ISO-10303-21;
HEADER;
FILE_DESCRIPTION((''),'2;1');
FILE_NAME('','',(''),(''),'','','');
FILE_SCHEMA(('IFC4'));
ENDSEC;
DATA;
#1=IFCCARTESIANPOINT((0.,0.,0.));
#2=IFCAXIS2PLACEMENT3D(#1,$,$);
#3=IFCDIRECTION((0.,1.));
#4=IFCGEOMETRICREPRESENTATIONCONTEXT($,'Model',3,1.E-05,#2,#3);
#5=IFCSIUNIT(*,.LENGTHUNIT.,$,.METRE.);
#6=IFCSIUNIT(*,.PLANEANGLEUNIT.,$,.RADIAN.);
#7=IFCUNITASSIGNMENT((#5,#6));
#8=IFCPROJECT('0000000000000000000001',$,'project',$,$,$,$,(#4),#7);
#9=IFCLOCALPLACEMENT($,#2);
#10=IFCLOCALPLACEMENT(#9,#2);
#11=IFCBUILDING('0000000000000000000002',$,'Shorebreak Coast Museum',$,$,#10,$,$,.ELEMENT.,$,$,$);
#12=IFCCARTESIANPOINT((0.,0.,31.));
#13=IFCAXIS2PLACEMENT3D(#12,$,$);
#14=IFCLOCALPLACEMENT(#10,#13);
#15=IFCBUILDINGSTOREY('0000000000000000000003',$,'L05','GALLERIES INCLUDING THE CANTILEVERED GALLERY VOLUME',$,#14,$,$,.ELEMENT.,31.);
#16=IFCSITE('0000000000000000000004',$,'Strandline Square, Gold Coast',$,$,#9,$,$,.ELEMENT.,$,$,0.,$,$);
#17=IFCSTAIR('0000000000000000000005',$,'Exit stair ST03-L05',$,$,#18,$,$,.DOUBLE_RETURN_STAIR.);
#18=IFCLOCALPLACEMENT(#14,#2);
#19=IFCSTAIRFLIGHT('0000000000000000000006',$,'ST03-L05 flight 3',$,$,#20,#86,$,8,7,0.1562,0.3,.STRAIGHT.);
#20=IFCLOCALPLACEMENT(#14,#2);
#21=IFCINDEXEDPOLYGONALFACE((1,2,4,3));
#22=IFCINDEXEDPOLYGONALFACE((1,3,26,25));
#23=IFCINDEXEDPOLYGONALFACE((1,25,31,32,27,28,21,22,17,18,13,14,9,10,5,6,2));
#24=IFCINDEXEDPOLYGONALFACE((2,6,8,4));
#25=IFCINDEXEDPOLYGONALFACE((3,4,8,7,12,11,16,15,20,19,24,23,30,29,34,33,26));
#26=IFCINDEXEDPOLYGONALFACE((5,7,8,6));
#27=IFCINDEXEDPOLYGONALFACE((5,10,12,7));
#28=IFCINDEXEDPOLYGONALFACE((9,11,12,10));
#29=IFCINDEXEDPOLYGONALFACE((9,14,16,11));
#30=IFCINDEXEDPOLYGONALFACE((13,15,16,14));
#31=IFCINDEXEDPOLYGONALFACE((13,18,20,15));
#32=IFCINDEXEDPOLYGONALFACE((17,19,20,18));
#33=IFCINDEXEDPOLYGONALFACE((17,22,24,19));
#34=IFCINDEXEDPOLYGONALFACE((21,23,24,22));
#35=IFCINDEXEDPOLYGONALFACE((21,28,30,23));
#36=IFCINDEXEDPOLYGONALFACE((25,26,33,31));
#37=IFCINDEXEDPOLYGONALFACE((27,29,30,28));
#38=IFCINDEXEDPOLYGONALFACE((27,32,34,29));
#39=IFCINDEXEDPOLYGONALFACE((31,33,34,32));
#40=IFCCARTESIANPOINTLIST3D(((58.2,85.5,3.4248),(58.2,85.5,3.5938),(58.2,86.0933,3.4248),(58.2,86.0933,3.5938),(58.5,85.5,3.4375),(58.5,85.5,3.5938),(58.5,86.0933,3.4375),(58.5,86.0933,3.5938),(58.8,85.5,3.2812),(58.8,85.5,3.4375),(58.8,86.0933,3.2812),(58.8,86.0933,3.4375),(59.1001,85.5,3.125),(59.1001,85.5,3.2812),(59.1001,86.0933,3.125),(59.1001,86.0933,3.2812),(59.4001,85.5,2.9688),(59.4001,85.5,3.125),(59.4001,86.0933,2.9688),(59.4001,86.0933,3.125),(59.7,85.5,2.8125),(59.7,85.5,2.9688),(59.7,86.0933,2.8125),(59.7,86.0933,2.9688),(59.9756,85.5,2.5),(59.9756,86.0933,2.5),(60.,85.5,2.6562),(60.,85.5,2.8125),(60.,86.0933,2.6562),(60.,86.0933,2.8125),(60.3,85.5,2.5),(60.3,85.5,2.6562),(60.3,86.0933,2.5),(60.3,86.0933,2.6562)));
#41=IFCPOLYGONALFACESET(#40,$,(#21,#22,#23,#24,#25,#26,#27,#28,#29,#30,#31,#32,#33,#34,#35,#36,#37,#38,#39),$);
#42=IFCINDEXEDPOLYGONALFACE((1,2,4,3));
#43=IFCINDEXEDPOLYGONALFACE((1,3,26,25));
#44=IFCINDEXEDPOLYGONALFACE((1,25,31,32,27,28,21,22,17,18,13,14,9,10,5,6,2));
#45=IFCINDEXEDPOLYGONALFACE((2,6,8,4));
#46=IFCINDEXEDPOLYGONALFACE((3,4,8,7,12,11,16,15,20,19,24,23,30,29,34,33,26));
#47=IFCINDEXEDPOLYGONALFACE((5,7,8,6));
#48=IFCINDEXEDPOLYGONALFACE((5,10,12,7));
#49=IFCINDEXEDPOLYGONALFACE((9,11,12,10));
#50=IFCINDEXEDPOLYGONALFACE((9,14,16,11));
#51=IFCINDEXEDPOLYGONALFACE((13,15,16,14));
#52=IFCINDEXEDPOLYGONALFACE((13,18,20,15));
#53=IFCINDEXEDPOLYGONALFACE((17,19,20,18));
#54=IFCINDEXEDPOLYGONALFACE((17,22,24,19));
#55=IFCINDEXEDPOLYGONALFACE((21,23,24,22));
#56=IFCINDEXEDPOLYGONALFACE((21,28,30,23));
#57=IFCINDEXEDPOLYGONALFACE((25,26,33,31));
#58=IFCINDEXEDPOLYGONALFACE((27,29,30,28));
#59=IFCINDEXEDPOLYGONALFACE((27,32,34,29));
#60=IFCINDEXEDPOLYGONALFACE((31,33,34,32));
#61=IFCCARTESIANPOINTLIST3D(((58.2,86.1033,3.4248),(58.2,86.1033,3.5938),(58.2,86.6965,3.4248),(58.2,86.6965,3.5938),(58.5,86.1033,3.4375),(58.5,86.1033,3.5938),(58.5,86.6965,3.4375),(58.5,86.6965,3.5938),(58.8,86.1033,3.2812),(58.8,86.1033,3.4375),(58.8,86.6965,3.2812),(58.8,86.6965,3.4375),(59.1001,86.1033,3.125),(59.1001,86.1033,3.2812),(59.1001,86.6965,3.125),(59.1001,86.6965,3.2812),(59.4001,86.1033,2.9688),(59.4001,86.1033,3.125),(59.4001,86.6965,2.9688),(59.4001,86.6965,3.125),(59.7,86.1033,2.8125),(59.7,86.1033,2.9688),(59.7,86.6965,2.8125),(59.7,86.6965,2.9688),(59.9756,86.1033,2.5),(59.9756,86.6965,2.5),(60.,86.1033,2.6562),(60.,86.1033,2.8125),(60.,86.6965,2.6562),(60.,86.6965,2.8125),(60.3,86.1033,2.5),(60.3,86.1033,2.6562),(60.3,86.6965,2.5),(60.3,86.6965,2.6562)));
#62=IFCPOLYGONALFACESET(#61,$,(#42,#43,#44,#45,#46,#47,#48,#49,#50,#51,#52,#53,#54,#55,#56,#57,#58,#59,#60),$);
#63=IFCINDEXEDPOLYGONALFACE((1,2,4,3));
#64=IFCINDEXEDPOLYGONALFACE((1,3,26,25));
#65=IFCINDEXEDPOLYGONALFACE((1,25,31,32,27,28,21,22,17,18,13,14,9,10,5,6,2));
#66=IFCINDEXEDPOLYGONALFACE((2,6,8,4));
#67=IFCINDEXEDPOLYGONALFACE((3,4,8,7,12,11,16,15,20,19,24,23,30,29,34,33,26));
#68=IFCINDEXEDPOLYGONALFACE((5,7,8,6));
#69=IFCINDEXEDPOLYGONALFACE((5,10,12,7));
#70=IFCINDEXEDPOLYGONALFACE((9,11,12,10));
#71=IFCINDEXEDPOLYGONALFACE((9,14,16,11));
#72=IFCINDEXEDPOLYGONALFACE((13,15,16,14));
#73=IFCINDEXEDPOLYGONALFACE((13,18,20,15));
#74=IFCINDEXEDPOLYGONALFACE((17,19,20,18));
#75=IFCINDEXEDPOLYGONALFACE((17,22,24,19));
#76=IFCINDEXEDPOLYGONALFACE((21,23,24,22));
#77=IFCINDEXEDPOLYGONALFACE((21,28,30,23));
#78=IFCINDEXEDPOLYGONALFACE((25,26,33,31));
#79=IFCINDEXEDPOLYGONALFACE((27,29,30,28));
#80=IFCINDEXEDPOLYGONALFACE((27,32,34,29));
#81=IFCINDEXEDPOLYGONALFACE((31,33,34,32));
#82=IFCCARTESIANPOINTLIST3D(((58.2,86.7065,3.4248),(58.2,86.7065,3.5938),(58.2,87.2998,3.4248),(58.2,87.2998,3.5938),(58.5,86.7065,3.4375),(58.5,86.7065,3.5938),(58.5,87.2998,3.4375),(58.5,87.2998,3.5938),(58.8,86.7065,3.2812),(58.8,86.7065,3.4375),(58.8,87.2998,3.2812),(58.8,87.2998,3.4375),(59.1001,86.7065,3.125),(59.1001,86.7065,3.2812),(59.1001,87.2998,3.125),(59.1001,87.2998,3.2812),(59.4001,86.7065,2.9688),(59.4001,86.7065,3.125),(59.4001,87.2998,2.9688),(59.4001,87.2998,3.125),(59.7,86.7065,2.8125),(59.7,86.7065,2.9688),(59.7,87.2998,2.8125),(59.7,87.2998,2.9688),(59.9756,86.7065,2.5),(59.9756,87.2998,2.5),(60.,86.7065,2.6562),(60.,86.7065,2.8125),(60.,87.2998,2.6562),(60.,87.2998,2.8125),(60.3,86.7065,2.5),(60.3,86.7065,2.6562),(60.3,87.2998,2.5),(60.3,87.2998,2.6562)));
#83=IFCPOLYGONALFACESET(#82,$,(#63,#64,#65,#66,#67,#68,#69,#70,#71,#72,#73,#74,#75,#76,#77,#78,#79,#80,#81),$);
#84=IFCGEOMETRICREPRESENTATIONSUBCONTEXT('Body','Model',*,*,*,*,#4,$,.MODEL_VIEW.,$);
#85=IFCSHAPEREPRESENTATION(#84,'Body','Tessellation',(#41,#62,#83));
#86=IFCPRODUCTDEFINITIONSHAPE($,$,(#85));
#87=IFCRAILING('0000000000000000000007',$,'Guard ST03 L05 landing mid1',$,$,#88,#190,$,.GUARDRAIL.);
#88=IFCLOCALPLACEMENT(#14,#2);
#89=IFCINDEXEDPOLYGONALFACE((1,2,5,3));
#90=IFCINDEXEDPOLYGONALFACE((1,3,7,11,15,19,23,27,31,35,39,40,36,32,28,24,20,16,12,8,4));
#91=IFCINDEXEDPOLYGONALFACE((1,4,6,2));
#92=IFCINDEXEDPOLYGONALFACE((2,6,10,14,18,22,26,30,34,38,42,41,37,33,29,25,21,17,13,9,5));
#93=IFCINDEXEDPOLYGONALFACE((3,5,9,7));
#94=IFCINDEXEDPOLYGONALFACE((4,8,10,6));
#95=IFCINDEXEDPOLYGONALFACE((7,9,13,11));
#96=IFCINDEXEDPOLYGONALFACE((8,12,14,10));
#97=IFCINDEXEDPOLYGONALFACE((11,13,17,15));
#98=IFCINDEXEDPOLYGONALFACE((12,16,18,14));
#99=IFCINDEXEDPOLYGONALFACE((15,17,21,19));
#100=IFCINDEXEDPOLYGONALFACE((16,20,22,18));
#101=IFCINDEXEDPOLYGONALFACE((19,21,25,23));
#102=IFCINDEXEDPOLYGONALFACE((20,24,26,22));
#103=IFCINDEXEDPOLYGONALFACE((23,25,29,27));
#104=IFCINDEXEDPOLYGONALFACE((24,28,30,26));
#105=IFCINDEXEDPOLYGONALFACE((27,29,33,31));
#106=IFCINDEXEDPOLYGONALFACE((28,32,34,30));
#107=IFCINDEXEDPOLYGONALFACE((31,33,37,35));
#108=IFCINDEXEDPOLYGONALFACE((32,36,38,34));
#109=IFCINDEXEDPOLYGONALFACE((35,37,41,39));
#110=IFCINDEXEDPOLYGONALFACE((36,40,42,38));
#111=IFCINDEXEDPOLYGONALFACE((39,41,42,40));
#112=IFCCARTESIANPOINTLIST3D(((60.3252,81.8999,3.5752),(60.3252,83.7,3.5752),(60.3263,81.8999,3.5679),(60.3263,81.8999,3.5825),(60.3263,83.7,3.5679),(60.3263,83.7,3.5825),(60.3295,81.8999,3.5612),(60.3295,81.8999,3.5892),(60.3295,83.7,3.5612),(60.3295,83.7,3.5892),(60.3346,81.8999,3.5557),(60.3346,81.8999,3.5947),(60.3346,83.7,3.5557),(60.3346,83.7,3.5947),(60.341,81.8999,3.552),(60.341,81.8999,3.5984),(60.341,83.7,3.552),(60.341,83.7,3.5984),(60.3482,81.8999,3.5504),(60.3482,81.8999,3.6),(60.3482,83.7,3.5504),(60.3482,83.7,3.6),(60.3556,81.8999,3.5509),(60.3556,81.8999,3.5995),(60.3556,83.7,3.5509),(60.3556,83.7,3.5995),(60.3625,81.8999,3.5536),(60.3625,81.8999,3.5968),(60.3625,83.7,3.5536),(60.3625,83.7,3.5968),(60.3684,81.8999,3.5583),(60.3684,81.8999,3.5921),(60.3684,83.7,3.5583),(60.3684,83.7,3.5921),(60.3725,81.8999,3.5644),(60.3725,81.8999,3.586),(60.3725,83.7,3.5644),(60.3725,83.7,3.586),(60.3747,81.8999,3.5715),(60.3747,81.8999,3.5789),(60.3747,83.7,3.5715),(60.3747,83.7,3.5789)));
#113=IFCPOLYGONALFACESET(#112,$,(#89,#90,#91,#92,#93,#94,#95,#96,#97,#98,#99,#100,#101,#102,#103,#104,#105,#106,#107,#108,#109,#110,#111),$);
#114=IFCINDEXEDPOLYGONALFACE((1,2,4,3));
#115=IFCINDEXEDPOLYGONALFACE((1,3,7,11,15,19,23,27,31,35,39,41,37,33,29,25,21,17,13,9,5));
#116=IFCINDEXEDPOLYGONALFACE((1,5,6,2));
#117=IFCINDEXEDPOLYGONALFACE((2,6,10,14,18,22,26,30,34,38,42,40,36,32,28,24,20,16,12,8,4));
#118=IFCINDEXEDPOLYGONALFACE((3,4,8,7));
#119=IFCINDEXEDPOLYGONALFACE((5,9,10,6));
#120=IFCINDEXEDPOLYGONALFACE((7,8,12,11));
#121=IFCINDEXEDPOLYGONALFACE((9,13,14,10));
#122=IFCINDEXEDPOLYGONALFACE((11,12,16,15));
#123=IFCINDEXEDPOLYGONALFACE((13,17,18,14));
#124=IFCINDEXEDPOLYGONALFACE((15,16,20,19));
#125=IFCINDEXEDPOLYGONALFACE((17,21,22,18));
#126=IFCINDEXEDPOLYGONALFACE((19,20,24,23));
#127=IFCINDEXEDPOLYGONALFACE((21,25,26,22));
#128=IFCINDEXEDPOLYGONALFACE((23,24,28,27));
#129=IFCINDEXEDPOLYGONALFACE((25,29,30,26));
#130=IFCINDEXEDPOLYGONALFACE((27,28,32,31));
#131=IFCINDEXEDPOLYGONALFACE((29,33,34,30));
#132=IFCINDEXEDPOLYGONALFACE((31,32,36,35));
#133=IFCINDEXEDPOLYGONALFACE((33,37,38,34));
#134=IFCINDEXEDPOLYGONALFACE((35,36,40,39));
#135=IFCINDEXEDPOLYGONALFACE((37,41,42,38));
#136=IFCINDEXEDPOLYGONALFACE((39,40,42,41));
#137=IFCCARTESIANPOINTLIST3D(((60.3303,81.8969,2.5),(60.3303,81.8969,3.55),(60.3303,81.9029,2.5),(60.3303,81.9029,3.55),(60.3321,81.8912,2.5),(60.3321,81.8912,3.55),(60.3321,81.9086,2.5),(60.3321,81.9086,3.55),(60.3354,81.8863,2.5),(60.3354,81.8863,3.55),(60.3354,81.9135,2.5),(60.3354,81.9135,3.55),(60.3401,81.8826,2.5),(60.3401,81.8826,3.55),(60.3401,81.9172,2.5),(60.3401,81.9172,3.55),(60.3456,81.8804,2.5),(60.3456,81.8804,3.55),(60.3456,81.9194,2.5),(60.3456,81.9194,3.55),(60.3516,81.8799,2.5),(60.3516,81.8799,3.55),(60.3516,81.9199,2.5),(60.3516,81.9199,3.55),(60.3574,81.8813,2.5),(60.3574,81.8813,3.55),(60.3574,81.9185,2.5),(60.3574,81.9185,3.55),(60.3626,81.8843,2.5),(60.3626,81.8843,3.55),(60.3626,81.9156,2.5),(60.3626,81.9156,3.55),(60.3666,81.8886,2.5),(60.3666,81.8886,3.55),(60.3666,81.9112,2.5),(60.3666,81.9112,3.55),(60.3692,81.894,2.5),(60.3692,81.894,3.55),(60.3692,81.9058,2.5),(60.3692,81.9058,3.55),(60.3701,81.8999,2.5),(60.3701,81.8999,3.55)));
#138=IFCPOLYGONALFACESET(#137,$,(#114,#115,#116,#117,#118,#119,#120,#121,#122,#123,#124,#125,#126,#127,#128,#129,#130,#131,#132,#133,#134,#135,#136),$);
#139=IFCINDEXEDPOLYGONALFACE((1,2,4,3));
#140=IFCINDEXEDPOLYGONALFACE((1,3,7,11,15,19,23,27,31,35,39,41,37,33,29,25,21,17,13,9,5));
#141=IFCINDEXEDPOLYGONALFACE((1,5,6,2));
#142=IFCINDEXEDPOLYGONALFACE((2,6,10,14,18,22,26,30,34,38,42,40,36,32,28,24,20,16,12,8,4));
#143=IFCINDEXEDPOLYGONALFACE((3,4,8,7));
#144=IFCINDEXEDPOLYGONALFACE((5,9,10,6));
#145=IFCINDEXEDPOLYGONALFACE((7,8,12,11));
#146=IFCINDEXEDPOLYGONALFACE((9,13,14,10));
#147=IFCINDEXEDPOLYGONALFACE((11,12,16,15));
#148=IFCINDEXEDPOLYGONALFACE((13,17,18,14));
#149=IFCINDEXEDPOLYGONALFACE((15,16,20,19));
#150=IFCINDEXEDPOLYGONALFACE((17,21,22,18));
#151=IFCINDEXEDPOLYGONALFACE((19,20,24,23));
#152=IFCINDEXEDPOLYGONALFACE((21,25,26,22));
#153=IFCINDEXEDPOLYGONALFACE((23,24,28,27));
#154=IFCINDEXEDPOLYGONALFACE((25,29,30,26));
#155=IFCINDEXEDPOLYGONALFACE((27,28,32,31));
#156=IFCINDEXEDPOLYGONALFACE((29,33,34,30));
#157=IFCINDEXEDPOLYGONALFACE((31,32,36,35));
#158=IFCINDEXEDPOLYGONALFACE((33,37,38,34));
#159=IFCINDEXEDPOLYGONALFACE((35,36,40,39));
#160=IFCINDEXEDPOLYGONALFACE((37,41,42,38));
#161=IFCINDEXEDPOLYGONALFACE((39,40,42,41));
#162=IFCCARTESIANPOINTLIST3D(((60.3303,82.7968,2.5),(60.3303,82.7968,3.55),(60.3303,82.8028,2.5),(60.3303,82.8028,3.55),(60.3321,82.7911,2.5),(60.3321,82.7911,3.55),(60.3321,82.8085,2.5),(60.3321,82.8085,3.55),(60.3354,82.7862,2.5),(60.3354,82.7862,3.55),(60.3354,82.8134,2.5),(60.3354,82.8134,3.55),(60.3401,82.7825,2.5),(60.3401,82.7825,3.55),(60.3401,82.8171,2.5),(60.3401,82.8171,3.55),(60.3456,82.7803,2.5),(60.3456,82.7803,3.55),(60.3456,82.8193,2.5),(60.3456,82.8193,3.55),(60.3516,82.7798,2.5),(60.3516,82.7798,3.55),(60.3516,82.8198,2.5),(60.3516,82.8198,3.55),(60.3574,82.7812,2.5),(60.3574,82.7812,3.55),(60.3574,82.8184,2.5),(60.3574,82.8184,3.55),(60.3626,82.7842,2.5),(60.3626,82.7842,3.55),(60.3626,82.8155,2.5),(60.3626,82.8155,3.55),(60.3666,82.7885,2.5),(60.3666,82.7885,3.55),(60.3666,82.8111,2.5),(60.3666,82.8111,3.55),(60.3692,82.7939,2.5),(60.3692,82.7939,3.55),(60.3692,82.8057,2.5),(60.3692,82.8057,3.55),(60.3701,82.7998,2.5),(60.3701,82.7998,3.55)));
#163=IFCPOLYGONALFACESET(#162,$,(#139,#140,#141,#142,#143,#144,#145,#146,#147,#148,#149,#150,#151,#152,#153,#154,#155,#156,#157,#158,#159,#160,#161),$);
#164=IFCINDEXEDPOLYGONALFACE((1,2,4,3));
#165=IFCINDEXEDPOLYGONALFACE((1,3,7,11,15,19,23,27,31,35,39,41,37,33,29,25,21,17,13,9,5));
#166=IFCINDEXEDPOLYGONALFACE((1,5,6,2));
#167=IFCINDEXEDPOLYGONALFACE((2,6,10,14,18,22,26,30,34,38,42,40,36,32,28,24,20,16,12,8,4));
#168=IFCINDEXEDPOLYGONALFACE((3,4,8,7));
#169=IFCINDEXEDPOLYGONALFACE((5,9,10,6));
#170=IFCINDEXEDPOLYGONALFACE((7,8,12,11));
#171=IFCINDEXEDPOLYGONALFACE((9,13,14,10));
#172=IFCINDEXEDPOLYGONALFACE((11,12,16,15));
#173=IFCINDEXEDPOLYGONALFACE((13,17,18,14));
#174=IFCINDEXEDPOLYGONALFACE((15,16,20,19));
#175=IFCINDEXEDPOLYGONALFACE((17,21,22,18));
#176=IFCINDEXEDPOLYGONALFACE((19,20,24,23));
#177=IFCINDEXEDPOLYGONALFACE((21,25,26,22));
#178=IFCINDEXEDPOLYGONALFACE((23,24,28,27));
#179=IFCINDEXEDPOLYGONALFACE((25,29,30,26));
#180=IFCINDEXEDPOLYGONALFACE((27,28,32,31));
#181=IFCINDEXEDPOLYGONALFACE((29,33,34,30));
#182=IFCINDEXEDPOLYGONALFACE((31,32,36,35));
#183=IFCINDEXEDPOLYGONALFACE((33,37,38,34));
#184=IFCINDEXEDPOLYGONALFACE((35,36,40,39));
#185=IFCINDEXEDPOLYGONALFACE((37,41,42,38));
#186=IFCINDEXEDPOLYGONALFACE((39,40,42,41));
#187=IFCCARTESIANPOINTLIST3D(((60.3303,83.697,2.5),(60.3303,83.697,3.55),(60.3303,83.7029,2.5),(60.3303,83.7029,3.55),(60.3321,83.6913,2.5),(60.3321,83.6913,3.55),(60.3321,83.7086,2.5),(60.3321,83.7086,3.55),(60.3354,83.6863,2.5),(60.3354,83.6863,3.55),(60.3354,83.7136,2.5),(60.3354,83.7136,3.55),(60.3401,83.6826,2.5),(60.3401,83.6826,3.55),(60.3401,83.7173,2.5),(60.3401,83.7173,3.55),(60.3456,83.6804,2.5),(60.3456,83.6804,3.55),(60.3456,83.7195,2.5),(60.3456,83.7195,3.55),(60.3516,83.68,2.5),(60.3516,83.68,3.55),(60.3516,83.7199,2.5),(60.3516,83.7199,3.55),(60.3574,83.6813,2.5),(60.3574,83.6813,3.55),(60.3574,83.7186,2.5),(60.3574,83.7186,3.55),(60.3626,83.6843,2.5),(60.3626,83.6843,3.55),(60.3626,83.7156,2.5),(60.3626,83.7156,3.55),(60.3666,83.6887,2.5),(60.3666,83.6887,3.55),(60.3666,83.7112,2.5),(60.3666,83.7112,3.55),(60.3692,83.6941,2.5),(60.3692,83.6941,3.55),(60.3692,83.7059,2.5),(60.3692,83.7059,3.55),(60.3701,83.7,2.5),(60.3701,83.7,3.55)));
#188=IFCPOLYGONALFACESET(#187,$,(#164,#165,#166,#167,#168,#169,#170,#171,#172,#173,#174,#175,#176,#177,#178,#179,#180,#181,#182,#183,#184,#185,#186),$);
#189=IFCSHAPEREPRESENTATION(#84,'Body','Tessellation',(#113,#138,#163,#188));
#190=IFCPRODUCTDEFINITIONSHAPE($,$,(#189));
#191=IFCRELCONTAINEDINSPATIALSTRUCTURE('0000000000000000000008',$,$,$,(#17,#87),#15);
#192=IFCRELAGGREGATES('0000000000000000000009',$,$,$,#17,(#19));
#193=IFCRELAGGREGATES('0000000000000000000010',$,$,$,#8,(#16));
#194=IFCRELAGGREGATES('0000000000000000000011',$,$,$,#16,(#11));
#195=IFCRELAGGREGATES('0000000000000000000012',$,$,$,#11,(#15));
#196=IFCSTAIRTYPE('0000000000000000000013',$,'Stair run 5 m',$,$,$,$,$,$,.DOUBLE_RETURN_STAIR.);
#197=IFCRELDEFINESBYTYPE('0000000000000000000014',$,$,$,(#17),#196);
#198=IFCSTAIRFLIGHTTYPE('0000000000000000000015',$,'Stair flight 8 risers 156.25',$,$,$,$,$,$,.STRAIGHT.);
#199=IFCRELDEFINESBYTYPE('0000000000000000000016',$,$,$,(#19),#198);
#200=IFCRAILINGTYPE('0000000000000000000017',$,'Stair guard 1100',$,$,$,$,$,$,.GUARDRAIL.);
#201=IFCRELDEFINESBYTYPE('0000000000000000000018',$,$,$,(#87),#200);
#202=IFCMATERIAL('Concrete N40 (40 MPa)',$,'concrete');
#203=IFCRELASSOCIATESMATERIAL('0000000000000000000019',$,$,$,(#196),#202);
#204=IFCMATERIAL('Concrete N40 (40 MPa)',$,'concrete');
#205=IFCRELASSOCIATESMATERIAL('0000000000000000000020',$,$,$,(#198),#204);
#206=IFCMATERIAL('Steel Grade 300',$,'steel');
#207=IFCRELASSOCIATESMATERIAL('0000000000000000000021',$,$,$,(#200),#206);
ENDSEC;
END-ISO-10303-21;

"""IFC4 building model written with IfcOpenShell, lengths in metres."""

from ifc_helpers import new_model, si_unit, direction, frame, origin, origin_2d, place, context, subcontext, project, spatial, polyline, circle, outline, extrude, material, type_object, element, aggregate, save


model = new_model("IFC4")

# Units and contexts
model_context = context("Model", 3, precision=1e-05, world=origin(), true_north=direction((0.0, 1.0)))
body_context = subcontext(model_context, "Body", "Model", "MODEL_VIEW")
ifc_project = project(units=[si_unit("LENGTHUNIT", "METRE"), si_unit("PLANEANGLEUNIT", "RADIAN")], contexts=[model_context])

# Site, building, storey
site_placement = place(None, origin())
site = spatial("IfcSite", under=ifc_project, at=site_placement, Name="Strandline Square, Gold Coast", CompositionType="ELEMENT", RefElevation=0.0)
building_placement = place(site_placement, origin())
building = spatial("IfcBuilding", under=site, at=building_placement, Name="Shorebreak Coast Museum", CompositionType="ELEMENT")
storey_placement = place(building_placement, frame((0.0, 0.0, 31.0)))
storey = spatial("IfcBuildingStorey", under=building, at=storey_placement, Name="L05", Description="GALLERIES INCLUDING THE CANTILEVERED GALLERY VOLUME", CompositionType="ELEMENT", Elevation=31.0)

# Stair, stair flight
ifc_material_1 = material(Name="Concrete N40 (40 MPa)", Category="concrete")
stair_type = type_object("IfcStairType", Name="Stair run 5 m", PredefinedType="DOUBLE_RETURN_STAIR", material=ifc_material_1)
stair_placement = place(storey_placement, origin())
stair = element("IfcStair", 1, at=stair_placement, inside=storey, type_object=stair_type, Name="Exit stair ST03-L05", PredefinedType="DOUBLE_RETURN_STAIR")
ifc_material_2 = material(Name="Concrete N40 (40 MPa)", Category="concrete")
stair_flight_type = type_object("IfcStairFlightType", Name="Stair flight 8 risers 156.25", PredefinedType="STRAIGHT", material=ifc_material_2)
stair_flight_1_placement = place(storey_placement, frame((60.3, 86.3999, 2.5), z_axis=(0.0, 0.0, 1.0), x_axis=(-1.0, 0.0, 0.0)))
stair_flight_1 = element("IfcStairFlight", 2, at=stair_flight_1_placement, type_object=stair_flight_type, Name="ST03-L05 flight 3", NumberOfRisers=8, NumberOfTreads=7, PredefinedType="STRAIGHT", RiserHeight=0.1562, TreadLength=0.3, context=body_context, shape_type="SweptSolid", body=[
    extrude(outline(polyline([(0.0, 0.0), (0.0, 0.1562), (0.3, 0.1562), (0.3, 0.3125), (0.6001, 0.3125), (0.6001, 0.4688), (0.8999, 0.4688), (0.8999, 0.625), (1.2, 0.625), (1.2, 0.7812), (1.5, 0.7812), (1.5, 0.9375), (1.8, 0.9375), (1.8, 1.0938), (2.1001, 1.0938), (2.1001, 1.25), (2.1001, 0.9248), (0.3245, 0.0), (0.0, 0.0)])), frame((0.0, 0.8999, 0.0), z_axis=(0.0, -1.0, 0.0), x_axis=(1.0, 0.0, 0.0)), (0.0, 0.0, 1.0), 0.5933),
    extrude(outline(polyline([(0.0, 0.0), (0.0, 0.1562), (0.3, 0.1562), (0.3, 0.3125), (0.6001, 0.3125), (0.6001, 0.4688), (0.8999, 0.4688), (0.8999, 0.625), (1.2, 0.625), (1.2, 0.7812), (1.5, 0.7812), (1.5, 0.9375), (1.8, 0.9375), (1.8, 1.0938), (2.1001, 1.0938), (2.1001, 1.25), (2.1001, 0.9248), (0.3245, 0.0), (0.0, 0.0)])), frame((0.0, 0.2966, 0.0), z_axis=(0.0, -1.0, 0.0), x_axis=(1.0, 0.0, 0.0)), (0.0, 0.0, 1.0), 0.5933),
    extrude(outline(polyline([(0.0, 0.0), (0.0, 0.1562), (0.3, 0.1562), (0.3, 0.3125), (0.6001, 0.3125), (0.6001, 0.4688), (0.8999, 0.4688), (0.8999, 0.625), (1.2, 0.625), (1.2, 0.7812), (1.5, 0.7812), (1.5, 0.9375), (1.8, 0.9375), (1.8, 1.0938), (2.1001, 1.0938), (2.1001, 1.25), (2.1001, 0.9248), (0.3245, 0.0), (0.0, 0.0)])), frame((0.0, -0.3066, 0.0), z_axis=(0.0, -1.0, 0.0), x_axis=(1.0, 0.0, 0.0)), (0.0, 0.0, 1.0), 0.5933),
])
aggregate(stair, [stair_flight_1])

# Railing
ifc_material_3 = material(Name="Steel Grade 300", Category="steel")
railing_type_1 = type_object("IfcRailingType", Name="Stair guard 1100", PredefinedType="GUARDRAIL", material=ifc_material_3)
for number, where, name in (
    (3, (60.3501, 81.8999, 2.5), "Guard ST03 L05 landing mid1"),
):
    element("IfcRailing", number, at=place(storey_placement, frame(where)), inside=storey, type_object=railing_type_1, Name=name, PredefinedType="GUARDRAIL", context=body_context, shape_type="SweptSolid", body=[
        extrude(circle(Radius=0.0249, at=origin_2d()), frame((0.0, 0.0, 1.0752), z_axis=(0.0, 1.0, 0.0), x_axis=(-1.0, 0.0, 0.0)), (0.0, 0.0, 1.0), 1.8),
        extrude(circle(Radius=0.02, at=origin_2d()), origin(), (0.0, 0.0, 1.0), 1.05),
        extrude(circle(Radius=0.02, at=origin_2d()), frame((0.0, 0.8999, 0.0)), (0.0, 0.0, 1.0), 1.05),
        extrude(circle(Radius=0.02, at=origin_2d()), frame((0.0, 1.8, 0.0)), (0.0, 0.0, 1.0), 1.05),
    ])

save(model, "model.ifc")
